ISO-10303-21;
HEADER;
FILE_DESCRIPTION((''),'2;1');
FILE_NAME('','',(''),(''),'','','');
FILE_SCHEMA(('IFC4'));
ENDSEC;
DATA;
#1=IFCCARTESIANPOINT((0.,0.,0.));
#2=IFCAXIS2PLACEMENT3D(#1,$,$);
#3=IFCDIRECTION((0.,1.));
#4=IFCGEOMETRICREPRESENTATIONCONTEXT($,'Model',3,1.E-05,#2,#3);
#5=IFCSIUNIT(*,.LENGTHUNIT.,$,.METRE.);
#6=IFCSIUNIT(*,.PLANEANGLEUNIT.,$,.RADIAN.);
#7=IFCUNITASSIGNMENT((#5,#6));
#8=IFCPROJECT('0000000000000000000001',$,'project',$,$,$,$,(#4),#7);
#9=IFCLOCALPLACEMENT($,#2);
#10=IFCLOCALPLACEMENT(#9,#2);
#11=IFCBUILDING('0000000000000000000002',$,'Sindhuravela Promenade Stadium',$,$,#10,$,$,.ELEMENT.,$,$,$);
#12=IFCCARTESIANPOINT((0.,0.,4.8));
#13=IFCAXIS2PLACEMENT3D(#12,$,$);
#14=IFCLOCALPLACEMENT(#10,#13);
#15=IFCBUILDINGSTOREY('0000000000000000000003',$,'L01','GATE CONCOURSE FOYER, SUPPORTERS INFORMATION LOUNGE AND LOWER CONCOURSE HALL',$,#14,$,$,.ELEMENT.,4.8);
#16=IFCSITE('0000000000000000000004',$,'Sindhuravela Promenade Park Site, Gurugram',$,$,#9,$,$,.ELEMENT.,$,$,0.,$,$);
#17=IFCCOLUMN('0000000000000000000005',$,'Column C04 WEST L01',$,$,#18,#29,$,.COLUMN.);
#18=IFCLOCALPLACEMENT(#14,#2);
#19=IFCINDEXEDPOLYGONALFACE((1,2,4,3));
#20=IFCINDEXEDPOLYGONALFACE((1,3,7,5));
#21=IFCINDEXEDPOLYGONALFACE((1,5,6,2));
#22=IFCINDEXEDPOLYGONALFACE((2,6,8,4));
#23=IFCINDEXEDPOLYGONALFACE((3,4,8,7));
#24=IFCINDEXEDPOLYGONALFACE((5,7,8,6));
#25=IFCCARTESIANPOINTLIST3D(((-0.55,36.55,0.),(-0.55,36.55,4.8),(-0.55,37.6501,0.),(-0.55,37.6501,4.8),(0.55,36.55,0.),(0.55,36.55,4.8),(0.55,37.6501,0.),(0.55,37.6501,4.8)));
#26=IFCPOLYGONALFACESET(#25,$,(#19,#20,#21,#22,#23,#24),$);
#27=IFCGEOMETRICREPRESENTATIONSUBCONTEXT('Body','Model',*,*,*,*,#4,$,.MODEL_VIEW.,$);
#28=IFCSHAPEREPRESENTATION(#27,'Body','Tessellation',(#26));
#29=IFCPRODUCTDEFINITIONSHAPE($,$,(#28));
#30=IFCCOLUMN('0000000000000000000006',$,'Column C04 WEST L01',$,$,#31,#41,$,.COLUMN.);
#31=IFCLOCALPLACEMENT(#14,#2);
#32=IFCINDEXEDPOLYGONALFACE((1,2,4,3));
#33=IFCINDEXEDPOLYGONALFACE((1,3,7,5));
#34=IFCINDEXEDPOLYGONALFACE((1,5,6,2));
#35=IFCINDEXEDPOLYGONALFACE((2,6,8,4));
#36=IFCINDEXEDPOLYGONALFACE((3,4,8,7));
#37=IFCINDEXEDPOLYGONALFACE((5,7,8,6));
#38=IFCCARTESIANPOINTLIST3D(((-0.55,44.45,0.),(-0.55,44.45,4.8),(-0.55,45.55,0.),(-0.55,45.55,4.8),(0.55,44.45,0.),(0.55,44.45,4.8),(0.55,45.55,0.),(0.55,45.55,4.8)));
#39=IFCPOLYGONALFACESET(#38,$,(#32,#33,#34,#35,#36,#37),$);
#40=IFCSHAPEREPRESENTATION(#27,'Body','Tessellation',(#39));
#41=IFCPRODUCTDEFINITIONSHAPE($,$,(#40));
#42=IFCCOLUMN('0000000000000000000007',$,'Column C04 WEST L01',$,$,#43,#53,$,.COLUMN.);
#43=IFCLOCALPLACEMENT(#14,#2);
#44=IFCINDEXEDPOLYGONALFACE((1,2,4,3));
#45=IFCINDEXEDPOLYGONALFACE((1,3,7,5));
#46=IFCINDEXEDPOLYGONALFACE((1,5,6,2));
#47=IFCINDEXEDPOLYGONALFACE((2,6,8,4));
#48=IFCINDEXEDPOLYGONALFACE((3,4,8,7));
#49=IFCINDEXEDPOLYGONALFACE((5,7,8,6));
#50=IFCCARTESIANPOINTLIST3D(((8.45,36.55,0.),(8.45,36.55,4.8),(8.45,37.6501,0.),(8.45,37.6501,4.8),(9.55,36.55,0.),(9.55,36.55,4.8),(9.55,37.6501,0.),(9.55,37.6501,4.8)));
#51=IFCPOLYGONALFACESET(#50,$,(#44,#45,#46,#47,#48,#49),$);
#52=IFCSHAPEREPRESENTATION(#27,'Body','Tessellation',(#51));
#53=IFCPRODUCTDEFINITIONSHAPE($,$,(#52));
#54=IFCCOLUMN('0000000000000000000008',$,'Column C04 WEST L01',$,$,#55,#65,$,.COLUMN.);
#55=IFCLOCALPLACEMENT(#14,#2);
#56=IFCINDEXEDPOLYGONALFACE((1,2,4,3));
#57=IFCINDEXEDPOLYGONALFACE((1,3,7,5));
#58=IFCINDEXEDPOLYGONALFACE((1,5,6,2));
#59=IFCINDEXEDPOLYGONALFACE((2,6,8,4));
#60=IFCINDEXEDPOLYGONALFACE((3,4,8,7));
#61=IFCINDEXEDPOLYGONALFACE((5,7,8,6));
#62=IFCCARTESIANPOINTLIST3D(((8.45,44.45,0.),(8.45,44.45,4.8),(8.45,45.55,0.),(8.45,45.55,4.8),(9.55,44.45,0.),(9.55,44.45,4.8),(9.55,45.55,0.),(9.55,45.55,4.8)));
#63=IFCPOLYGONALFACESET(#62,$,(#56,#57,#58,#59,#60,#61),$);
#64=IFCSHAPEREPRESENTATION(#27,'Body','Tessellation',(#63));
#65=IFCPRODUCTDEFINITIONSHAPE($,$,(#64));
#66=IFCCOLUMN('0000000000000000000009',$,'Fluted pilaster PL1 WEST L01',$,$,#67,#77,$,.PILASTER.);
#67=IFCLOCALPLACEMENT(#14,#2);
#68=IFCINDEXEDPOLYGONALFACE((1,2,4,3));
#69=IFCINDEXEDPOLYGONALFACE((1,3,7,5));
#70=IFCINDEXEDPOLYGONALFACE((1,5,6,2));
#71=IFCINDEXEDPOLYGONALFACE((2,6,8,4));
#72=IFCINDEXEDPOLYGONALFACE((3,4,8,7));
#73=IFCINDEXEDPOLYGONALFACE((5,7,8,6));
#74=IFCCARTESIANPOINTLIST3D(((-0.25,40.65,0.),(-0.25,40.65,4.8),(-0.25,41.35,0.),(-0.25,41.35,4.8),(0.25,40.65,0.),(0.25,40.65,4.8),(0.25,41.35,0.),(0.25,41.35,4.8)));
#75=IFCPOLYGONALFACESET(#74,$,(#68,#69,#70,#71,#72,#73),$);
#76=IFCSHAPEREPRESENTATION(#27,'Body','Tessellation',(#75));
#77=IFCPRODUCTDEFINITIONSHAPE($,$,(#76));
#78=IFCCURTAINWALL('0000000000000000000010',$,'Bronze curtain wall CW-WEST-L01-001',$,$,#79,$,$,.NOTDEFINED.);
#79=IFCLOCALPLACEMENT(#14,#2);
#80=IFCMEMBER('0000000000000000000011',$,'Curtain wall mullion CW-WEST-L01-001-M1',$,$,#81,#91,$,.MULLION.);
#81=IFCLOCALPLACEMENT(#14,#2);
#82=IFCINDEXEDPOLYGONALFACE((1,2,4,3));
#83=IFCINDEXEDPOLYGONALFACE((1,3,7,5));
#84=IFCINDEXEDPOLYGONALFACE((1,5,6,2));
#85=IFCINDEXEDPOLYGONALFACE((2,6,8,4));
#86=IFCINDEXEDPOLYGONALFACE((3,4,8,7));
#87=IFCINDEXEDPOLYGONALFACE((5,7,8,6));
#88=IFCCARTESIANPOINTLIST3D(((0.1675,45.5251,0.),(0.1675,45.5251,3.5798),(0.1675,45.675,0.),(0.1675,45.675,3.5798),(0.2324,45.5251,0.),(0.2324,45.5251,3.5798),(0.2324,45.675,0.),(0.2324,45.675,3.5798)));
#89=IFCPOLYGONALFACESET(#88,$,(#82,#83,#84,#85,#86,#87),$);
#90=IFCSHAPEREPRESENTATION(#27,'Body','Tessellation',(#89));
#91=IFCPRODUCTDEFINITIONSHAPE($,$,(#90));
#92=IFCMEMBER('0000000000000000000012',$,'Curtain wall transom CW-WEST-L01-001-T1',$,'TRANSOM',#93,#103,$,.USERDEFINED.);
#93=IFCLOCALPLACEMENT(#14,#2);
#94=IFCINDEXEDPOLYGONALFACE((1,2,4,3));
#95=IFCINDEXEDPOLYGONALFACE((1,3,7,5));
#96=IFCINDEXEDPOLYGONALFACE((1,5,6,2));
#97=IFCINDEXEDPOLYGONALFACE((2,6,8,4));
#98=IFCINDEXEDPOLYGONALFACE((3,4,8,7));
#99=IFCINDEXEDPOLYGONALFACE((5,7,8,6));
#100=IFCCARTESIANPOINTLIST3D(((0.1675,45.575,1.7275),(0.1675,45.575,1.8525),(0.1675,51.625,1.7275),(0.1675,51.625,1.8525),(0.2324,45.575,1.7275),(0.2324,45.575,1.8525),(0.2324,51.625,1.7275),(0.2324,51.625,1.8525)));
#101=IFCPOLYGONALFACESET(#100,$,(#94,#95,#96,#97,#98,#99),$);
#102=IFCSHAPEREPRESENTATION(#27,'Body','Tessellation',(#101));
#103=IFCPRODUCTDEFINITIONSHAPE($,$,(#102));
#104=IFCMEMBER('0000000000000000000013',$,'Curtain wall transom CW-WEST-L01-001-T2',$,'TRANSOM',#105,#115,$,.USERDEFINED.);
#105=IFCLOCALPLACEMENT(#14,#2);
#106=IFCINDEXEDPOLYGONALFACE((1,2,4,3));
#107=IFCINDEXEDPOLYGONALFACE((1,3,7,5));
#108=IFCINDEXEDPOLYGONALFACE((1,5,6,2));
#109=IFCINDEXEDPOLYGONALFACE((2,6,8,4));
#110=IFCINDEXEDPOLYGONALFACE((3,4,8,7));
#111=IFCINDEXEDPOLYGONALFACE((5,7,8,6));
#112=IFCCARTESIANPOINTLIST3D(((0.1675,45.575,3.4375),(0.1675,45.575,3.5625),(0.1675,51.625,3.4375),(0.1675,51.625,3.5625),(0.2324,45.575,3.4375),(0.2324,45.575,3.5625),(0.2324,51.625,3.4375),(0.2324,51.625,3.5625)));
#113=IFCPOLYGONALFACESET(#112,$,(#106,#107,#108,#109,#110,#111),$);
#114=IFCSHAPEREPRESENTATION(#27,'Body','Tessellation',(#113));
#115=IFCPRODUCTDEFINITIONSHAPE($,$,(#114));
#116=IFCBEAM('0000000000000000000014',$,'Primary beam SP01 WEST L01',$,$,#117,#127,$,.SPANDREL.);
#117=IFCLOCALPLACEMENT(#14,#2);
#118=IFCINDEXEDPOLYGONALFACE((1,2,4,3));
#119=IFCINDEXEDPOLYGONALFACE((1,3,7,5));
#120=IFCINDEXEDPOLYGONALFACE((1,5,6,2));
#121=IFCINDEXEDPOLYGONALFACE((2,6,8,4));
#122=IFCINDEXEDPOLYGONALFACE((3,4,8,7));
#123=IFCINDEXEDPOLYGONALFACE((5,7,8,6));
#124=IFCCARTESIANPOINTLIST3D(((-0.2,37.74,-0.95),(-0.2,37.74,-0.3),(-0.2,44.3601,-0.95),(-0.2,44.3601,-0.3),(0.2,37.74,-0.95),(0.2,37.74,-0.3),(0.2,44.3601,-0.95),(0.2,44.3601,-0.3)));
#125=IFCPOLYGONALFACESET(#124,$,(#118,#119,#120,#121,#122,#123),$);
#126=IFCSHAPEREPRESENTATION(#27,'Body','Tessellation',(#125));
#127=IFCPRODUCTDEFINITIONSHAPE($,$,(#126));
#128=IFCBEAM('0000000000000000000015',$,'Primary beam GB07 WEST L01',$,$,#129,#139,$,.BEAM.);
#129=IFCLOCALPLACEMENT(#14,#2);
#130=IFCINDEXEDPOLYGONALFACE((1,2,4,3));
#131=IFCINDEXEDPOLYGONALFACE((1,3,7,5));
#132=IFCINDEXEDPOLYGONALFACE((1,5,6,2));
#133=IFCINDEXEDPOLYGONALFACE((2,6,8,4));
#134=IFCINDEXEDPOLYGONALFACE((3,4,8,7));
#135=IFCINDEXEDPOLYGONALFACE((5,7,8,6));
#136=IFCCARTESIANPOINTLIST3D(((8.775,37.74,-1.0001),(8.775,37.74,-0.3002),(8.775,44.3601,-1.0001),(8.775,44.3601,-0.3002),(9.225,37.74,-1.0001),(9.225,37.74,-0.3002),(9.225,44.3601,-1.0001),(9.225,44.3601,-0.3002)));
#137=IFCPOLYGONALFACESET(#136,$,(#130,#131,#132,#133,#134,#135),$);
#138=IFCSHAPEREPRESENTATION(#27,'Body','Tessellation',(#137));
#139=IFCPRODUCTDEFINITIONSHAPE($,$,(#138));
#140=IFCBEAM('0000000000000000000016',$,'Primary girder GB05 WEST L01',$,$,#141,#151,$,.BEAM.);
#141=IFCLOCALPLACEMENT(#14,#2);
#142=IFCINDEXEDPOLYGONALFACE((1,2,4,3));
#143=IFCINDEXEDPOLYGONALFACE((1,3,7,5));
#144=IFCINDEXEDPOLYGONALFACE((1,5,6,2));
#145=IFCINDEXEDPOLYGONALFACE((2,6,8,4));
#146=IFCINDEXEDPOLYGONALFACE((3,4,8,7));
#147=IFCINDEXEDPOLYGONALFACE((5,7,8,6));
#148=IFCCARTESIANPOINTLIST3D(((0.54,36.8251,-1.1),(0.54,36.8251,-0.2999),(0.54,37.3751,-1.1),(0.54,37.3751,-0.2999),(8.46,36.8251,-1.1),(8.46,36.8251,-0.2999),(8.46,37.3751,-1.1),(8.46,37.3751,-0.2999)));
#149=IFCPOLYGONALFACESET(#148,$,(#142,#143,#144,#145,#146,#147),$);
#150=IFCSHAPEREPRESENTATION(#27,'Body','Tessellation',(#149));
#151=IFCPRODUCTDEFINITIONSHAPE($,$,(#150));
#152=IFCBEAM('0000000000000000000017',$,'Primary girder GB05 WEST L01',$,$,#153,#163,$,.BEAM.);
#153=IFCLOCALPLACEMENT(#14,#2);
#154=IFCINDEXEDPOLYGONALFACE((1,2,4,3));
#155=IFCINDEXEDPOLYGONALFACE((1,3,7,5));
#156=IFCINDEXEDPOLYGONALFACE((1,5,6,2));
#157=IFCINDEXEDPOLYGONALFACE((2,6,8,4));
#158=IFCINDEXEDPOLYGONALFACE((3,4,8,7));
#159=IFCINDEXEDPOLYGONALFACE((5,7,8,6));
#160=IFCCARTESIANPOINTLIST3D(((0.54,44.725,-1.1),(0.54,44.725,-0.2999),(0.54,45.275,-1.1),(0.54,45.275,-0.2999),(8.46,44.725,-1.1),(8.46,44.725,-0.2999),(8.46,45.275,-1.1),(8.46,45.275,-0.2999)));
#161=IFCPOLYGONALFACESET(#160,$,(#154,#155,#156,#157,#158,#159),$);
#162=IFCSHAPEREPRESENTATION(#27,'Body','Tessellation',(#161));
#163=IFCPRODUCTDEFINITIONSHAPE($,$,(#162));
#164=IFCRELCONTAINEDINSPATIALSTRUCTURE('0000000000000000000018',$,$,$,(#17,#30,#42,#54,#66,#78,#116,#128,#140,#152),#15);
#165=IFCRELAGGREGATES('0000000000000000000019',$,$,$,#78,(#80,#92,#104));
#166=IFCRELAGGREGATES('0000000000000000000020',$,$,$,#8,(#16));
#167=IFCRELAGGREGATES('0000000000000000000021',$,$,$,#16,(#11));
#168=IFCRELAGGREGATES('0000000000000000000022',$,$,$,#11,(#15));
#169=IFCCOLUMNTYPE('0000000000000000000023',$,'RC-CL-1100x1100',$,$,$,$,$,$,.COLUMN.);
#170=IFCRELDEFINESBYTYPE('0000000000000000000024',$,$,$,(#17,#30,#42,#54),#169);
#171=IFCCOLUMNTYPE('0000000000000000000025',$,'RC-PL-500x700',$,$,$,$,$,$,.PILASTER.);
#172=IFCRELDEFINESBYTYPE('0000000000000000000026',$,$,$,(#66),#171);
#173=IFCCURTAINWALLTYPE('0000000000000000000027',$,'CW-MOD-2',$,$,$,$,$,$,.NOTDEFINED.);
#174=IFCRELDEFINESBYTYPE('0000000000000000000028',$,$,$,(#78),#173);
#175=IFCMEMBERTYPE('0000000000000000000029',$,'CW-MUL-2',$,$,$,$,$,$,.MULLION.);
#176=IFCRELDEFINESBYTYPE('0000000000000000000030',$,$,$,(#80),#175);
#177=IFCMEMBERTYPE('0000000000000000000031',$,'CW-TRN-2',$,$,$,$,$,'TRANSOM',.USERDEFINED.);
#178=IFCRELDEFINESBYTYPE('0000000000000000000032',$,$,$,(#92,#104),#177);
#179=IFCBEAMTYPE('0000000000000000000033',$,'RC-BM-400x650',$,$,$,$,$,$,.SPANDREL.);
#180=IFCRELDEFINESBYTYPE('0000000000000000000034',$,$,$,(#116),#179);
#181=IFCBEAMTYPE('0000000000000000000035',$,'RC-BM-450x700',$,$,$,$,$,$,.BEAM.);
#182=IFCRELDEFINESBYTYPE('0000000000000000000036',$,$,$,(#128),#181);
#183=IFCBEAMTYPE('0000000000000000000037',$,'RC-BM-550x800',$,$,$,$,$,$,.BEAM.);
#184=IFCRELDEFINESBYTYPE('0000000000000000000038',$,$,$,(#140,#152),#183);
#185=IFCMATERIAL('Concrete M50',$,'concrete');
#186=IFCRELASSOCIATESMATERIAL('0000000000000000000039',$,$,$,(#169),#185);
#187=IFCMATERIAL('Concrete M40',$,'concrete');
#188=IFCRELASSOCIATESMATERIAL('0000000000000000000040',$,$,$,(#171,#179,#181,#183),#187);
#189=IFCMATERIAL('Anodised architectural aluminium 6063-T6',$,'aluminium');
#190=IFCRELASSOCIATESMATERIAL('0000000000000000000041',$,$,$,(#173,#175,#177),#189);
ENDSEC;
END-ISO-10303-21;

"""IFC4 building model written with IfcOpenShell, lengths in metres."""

from ifc_helpers import new_model, si_unit, direction, frame, origin, origin_2d, place, context, subcontext, project, spatial, rectangle, extrude, material, material_profile, profile_set, type_object, element, aggregate, save


model = new_model("IFC4")

# Units and contexts
model_context = context("Model", 3, precision=1e-05, world=origin(), true_north=direction((0.0, 1.0)))
body_context = subcontext(model_context, "Body", "Model", "MODEL_VIEW")
ifc_project = project(units=[si_unit("LENGTHUNIT", "METRE"), si_unit("PLANEANGLEUNIT", "RADIAN")], contexts=[model_context])

# Site, building, storey
site_placement = place(None, origin())
site = spatial("IfcSite", under=ifc_project, at=site_placement, Name="Sindhuravela Promenade Park Site, Gurugram", CompositionType="ELEMENT", RefElevation=0.0)
building_placement = place(site_placement, origin())
building = spatial("IfcBuilding", under=site, at=building_placement, Name="Sindhuravela Promenade Stadium", CompositionType="ELEMENT")
storey_placement = place(building_placement, frame((0.0, 0.0, 4.8)))
storey = spatial("IfcBuildingStorey", under=building, at=storey_placement, Name="L01", Description="GATE CONCOURSE FOYER, SUPPORTERS INFORMATION LOUNGE AND LOWER CONCOURSE HALL", CompositionType="ELEMENT", Elevation=4.8)

# Columns
ifc_material_1 = material(Name="Concrete M50", Category="concrete")
ifc_material_profile_1 = material_profile(ifc_material_1, rectangle(XDim=1.1001, YDim=1.1001, at=origin_2d()), Name="RC 1100x1100")
ifc_profile_set_1 = profile_set([ifc_material_profile_1], Name="Concrete M50")
column_type_1 = type_object("IfcColumnType", Name="RC-CL-1100x1100", PredefinedType="COLUMN", material=ifc_profile_set_1)
for number, where, z_axis, x_axis, name in (
    (1, (0.0, 37.1001, 0.0), (0.0, 0.0, 1.0), (1.0, 0.0, 0.0), "Column C04 WEST L01"),
    (2, (0.0, 45.0, 0.0), (0.0, 0.0, 1.0), (1.0, 0.0, 0.0), "Column C04 WEST L01"),
    (3, (9.0, 37.1001, 0.0), (0.0, 0.0, 1.0), (1.0, 0.0, 0.0), "Column C04 WEST L01"),
    (4, (9.0, 45.0, 0.0), (0.0, 0.0, 1.0), (1.0, 0.0, 0.0), "Column C04 WEST L01"),
):
    element("IfcColumn", number, at=place(storey_placement, frame(where, z_axis=z_axis, x_axis=x_axis)), inside=storey, type_object=column_type_1, Name=name, PredefinedType="COLUMN", context=body_context, shape_type="SweptSolid", body=[
        extrude(rectangle(XDim=1.1001, YDim=1.1001, at=origin_2d()), origin(), (0.0, 0.0, 1.0), 4.8),
    ])
ifc_material_2 = material(Name="Concrete M40", Category="concrete")
ifc_material_profile_2 = material_profile(ifc_material_2, rectangle(XDim=0.5, YDim=0.7, at=origin_2d()), Name="PIL 500x700")
ifc_profile_set_2 = profile_set([ifc_material_profile_2], Name="Concrete M40")
column_type_2 = type_object("IfcColumnType", Name="RC-PL-500x700", PredefinedType="PILASTER", material=ifc_profile_set_2)
column_placement = place(storey_placement, frame((0.0, 41.0, 0.0), z_axis=(0.0, 0.0, 1.0), x_axis=(1.0, 0.0, 0.0)))
element("IfcColumn", 5, at=column_placement, inside=storey, type_object=column_type_2, Name="Fluted pilaster PL1 WEST L01", PredefinedType="PILASTER", context=body_context, shape_type="SweptSolid", body=[
    extrude(rectangle(XDim=0.5, YDim=0.7, at=origin_2d()), origin(), (0.0, 0.0, 1.0), 4.8),
])

# Curtain wall, members
ifc_material_3 = material(Name="Anodised architectural aluminium 6063-T6", Category="aluminium")
curtain_wall_type = type_object("IfcCurtainWallType", Name="CW-MOD-2", PredefinedType="NOTDEFINED", material=ifc_material_3)
curtain_wall_placement = place(storey_placement, origin())
curtain_wall = element("IfcCurtainWall", 6, at=curtain_wall_placement, inside=storey, type_object=curtain_wall_type, Name="Bronze curtain wall CW-WEST-L01-001", PredefinedType="NOTDEFINED")
ifc_material_profile_3 = material_profile(ifc_material_3, rectangle(XDim=0.0649, YDim=0.1499, at=origin_2d()), Name="ALU MULL 65x150")
ifc_profile_set_3 = profile_set([ifc_material_profile_3], Name="Anodised architectural aluminium 6063-T6")
member_type_1 = type_object("IfcMemberType", Name="CW-MUL-2", PredefinedType="MULLION", material=ifc_profile_set_3)
member_1_placement = place(storey_placement, frame((0.2, 45.6001, 0.0), z_axis=(0.0, 0.0, 1.0), x_axis=(1.0, 0.0, 0.0)))
member_1 = element("IfcMember", 7, at=member_1_placement, type_object=member_type_1, Name="Curtain wall mullion CW-WEST-L01-001-M1", PredefinedType="MULLION", context=body_context, shape_type="SweptSolid", body=[
    extrude(rectangle(XDim=0.0649, YDim=0.1499, at=origin_2d()), origin(), (0.0, 0.0, 1.0), 3.5798),
])
ifc_material_profile_4 = material_profile(ifc_material_3, rectangle(XDim=0.0649, YDim=0.125, at=origin_2d()), Name="ALU TRAN 65x125")
ifc_profile_set_4 = profile_set([ifc_material_profile_4], Name="Anodised architectural aluminium 6063-T6")
member_type_2 = type_object("IfcMemberType", Name="CW-TRN-2", ElementType="TRANSOM", PredefinedType="USERDEFINED", material=ifc_profile_set_4)
member_2_placement = place(storey_placement, frame((0.2, 45.575, 1.79), z_axis=(0.0, 1.0, 0.0), x_axis=(-1.0, 0.0, 0.0)))
member_2 = element("IfcMember", 8, at=member_2_placement, type_object=member_type_2, Name="Curtain wall transom CW-WEST-L01-001-T1", ObjectType="TRANSOM", PredefinedType="USERDEFINED", context=body_context, shape_type="SweptSolid", body=[
    extrude(rectangle(XDim=0.0649, YDim=0.125, at=origin_2d()), origin(), (0.0, 0.0, 1.0), 6.05),
])
member_3_placement = place(storey_placement, frame((0.2, 45.575, 3.5), z_axis=(0.0, 1.0, 0.0), x_axis=(-1.0, 0.0, 0.0)))
member_3 = element("IfcMember", 9, at=member_3_placement, type_object=member_type_2, Name="Curtain wall transom CW-WEST-L01-001-T2", ObjectType="TRANSOM", PredefinedType="USERDEFINED", context=body_context, shape_type="SweptSolid", body=[
    extrude(rectangle(XDim=0.0649, YDim=0.125, at=origin_2d()), origin(), (0.0, 0.0, 1.0), 6.05),
])
aggregate(curtain_wall, [member_1, member_2, member_3])

# Beams
ifc_material_profile_5 = material_profile(ifc_material_2, rectangle(XDim=0.3999, YDim=0.6499, at=origin_2d()), Name="RC 400x650")
ifc_profile_set_5 = profile_set([ifc_material_profile_5], Name="Concrete M40")
beam_type_1 = type_object("IfcBeamType", Name="RC-BM-400x650", PredefinedType="SPANDREL", material=ifc_profile_set_5)
beam_1_placement = place(storey_placement, frame((0.0, 37.74, -0.625), z_axis=(0.0, 1.0, 0.0), x_axis=(-1.0, 0.0, 0.0)))
element("IfcBeam", 10, at=beam_1_placement, inside=storey, type_object=beam_type_1, Name="Primary beam SP01 WEST L01", PredefinedType="SPANDREL", context=body_context, shape_type="SweptSolid", body=[
    extrude(rectangle(XDim=0.3999, YDim=0.6499, at=origin_2d()), origin(), (0.0, 0.0, 1.0), 6.6201),
])
ifc_material_profile_6 = material_profile(ifc_material_2, rectangle(XDim=0.45, YDim=0.7, at=origin_2d()), Name="RC 450x700")
ifc_profile_set_6 = profile_set([ifc_material_profile_6], Name="Concrete M40")
beam_type_2 = type_object("IfcBeamType", Name="RC-BM-450x700", PredefinedType="BEAM", material=ifc_profile_set_6)
beam_2_placement = place(storey_placement, frame((9.0, 37.74, -0.6501), z_axis=(0.0, 1.0, 0.0), x_axis=(-1.0, 0.0, 0.0)))
element("IfcBeam", 11, at=beam_2_placement, inside=storey, type_object=beam_type_2, Name="Primary beam GB07 WEST L01", PredefinedType="BEAM", context=body_context, shape_type="SweptSolid", body=[
    extrude(rectangle(XDim=0.45, YDim=0.7, at=origin_2d()), origin(), (0.0, 0.0, 1.0), 6.6201),
])
ifc_material_profile_7 = material_profile(ifc_material_2, rectangle(XDim=0.55, YDim=0.8, at=origin_2d()), Name="RC 550x800")
ifc_profile_set_7 = profile_set([ifc_material_profile_7], Name="Concrete M40")
beam_type_3 = type_object("IfcBeamType", Name="RC-BM-550x800", PredefinedType="BEAM", material=ifc_profile_set_7)
for number, where, z_axis, x_axis, name in (
    (12, (0.54, 37.1001, -0.7), (1.0, 0.0, 0.0), (0.0, 1.0, 0.0), "Primary girder GB05 WEST L01"),
    (13, (0.54, 45.0, -0.7), (1.0, 0.0, 0.0), (0.0, 1.0, 0.0), "Primary girder GB05 WEST L01"),
):
    element("IfcBeam", number, at=place(storey_placement, frame(where, z_axis=z_axis, x_axis=x_axis)), inside=storey, type_object=beam_type_3, Name=name, PredefinedType="BEAM", context=body_context, shape_type="SweptSolid", body=[
        extrude(rectangle(XDim=0.55, YDim=0.8, at=origin_2d()), origin(), (0.0, 0.0, 1.0), 7.9199),
    ])

save(model, "model.ifc")
